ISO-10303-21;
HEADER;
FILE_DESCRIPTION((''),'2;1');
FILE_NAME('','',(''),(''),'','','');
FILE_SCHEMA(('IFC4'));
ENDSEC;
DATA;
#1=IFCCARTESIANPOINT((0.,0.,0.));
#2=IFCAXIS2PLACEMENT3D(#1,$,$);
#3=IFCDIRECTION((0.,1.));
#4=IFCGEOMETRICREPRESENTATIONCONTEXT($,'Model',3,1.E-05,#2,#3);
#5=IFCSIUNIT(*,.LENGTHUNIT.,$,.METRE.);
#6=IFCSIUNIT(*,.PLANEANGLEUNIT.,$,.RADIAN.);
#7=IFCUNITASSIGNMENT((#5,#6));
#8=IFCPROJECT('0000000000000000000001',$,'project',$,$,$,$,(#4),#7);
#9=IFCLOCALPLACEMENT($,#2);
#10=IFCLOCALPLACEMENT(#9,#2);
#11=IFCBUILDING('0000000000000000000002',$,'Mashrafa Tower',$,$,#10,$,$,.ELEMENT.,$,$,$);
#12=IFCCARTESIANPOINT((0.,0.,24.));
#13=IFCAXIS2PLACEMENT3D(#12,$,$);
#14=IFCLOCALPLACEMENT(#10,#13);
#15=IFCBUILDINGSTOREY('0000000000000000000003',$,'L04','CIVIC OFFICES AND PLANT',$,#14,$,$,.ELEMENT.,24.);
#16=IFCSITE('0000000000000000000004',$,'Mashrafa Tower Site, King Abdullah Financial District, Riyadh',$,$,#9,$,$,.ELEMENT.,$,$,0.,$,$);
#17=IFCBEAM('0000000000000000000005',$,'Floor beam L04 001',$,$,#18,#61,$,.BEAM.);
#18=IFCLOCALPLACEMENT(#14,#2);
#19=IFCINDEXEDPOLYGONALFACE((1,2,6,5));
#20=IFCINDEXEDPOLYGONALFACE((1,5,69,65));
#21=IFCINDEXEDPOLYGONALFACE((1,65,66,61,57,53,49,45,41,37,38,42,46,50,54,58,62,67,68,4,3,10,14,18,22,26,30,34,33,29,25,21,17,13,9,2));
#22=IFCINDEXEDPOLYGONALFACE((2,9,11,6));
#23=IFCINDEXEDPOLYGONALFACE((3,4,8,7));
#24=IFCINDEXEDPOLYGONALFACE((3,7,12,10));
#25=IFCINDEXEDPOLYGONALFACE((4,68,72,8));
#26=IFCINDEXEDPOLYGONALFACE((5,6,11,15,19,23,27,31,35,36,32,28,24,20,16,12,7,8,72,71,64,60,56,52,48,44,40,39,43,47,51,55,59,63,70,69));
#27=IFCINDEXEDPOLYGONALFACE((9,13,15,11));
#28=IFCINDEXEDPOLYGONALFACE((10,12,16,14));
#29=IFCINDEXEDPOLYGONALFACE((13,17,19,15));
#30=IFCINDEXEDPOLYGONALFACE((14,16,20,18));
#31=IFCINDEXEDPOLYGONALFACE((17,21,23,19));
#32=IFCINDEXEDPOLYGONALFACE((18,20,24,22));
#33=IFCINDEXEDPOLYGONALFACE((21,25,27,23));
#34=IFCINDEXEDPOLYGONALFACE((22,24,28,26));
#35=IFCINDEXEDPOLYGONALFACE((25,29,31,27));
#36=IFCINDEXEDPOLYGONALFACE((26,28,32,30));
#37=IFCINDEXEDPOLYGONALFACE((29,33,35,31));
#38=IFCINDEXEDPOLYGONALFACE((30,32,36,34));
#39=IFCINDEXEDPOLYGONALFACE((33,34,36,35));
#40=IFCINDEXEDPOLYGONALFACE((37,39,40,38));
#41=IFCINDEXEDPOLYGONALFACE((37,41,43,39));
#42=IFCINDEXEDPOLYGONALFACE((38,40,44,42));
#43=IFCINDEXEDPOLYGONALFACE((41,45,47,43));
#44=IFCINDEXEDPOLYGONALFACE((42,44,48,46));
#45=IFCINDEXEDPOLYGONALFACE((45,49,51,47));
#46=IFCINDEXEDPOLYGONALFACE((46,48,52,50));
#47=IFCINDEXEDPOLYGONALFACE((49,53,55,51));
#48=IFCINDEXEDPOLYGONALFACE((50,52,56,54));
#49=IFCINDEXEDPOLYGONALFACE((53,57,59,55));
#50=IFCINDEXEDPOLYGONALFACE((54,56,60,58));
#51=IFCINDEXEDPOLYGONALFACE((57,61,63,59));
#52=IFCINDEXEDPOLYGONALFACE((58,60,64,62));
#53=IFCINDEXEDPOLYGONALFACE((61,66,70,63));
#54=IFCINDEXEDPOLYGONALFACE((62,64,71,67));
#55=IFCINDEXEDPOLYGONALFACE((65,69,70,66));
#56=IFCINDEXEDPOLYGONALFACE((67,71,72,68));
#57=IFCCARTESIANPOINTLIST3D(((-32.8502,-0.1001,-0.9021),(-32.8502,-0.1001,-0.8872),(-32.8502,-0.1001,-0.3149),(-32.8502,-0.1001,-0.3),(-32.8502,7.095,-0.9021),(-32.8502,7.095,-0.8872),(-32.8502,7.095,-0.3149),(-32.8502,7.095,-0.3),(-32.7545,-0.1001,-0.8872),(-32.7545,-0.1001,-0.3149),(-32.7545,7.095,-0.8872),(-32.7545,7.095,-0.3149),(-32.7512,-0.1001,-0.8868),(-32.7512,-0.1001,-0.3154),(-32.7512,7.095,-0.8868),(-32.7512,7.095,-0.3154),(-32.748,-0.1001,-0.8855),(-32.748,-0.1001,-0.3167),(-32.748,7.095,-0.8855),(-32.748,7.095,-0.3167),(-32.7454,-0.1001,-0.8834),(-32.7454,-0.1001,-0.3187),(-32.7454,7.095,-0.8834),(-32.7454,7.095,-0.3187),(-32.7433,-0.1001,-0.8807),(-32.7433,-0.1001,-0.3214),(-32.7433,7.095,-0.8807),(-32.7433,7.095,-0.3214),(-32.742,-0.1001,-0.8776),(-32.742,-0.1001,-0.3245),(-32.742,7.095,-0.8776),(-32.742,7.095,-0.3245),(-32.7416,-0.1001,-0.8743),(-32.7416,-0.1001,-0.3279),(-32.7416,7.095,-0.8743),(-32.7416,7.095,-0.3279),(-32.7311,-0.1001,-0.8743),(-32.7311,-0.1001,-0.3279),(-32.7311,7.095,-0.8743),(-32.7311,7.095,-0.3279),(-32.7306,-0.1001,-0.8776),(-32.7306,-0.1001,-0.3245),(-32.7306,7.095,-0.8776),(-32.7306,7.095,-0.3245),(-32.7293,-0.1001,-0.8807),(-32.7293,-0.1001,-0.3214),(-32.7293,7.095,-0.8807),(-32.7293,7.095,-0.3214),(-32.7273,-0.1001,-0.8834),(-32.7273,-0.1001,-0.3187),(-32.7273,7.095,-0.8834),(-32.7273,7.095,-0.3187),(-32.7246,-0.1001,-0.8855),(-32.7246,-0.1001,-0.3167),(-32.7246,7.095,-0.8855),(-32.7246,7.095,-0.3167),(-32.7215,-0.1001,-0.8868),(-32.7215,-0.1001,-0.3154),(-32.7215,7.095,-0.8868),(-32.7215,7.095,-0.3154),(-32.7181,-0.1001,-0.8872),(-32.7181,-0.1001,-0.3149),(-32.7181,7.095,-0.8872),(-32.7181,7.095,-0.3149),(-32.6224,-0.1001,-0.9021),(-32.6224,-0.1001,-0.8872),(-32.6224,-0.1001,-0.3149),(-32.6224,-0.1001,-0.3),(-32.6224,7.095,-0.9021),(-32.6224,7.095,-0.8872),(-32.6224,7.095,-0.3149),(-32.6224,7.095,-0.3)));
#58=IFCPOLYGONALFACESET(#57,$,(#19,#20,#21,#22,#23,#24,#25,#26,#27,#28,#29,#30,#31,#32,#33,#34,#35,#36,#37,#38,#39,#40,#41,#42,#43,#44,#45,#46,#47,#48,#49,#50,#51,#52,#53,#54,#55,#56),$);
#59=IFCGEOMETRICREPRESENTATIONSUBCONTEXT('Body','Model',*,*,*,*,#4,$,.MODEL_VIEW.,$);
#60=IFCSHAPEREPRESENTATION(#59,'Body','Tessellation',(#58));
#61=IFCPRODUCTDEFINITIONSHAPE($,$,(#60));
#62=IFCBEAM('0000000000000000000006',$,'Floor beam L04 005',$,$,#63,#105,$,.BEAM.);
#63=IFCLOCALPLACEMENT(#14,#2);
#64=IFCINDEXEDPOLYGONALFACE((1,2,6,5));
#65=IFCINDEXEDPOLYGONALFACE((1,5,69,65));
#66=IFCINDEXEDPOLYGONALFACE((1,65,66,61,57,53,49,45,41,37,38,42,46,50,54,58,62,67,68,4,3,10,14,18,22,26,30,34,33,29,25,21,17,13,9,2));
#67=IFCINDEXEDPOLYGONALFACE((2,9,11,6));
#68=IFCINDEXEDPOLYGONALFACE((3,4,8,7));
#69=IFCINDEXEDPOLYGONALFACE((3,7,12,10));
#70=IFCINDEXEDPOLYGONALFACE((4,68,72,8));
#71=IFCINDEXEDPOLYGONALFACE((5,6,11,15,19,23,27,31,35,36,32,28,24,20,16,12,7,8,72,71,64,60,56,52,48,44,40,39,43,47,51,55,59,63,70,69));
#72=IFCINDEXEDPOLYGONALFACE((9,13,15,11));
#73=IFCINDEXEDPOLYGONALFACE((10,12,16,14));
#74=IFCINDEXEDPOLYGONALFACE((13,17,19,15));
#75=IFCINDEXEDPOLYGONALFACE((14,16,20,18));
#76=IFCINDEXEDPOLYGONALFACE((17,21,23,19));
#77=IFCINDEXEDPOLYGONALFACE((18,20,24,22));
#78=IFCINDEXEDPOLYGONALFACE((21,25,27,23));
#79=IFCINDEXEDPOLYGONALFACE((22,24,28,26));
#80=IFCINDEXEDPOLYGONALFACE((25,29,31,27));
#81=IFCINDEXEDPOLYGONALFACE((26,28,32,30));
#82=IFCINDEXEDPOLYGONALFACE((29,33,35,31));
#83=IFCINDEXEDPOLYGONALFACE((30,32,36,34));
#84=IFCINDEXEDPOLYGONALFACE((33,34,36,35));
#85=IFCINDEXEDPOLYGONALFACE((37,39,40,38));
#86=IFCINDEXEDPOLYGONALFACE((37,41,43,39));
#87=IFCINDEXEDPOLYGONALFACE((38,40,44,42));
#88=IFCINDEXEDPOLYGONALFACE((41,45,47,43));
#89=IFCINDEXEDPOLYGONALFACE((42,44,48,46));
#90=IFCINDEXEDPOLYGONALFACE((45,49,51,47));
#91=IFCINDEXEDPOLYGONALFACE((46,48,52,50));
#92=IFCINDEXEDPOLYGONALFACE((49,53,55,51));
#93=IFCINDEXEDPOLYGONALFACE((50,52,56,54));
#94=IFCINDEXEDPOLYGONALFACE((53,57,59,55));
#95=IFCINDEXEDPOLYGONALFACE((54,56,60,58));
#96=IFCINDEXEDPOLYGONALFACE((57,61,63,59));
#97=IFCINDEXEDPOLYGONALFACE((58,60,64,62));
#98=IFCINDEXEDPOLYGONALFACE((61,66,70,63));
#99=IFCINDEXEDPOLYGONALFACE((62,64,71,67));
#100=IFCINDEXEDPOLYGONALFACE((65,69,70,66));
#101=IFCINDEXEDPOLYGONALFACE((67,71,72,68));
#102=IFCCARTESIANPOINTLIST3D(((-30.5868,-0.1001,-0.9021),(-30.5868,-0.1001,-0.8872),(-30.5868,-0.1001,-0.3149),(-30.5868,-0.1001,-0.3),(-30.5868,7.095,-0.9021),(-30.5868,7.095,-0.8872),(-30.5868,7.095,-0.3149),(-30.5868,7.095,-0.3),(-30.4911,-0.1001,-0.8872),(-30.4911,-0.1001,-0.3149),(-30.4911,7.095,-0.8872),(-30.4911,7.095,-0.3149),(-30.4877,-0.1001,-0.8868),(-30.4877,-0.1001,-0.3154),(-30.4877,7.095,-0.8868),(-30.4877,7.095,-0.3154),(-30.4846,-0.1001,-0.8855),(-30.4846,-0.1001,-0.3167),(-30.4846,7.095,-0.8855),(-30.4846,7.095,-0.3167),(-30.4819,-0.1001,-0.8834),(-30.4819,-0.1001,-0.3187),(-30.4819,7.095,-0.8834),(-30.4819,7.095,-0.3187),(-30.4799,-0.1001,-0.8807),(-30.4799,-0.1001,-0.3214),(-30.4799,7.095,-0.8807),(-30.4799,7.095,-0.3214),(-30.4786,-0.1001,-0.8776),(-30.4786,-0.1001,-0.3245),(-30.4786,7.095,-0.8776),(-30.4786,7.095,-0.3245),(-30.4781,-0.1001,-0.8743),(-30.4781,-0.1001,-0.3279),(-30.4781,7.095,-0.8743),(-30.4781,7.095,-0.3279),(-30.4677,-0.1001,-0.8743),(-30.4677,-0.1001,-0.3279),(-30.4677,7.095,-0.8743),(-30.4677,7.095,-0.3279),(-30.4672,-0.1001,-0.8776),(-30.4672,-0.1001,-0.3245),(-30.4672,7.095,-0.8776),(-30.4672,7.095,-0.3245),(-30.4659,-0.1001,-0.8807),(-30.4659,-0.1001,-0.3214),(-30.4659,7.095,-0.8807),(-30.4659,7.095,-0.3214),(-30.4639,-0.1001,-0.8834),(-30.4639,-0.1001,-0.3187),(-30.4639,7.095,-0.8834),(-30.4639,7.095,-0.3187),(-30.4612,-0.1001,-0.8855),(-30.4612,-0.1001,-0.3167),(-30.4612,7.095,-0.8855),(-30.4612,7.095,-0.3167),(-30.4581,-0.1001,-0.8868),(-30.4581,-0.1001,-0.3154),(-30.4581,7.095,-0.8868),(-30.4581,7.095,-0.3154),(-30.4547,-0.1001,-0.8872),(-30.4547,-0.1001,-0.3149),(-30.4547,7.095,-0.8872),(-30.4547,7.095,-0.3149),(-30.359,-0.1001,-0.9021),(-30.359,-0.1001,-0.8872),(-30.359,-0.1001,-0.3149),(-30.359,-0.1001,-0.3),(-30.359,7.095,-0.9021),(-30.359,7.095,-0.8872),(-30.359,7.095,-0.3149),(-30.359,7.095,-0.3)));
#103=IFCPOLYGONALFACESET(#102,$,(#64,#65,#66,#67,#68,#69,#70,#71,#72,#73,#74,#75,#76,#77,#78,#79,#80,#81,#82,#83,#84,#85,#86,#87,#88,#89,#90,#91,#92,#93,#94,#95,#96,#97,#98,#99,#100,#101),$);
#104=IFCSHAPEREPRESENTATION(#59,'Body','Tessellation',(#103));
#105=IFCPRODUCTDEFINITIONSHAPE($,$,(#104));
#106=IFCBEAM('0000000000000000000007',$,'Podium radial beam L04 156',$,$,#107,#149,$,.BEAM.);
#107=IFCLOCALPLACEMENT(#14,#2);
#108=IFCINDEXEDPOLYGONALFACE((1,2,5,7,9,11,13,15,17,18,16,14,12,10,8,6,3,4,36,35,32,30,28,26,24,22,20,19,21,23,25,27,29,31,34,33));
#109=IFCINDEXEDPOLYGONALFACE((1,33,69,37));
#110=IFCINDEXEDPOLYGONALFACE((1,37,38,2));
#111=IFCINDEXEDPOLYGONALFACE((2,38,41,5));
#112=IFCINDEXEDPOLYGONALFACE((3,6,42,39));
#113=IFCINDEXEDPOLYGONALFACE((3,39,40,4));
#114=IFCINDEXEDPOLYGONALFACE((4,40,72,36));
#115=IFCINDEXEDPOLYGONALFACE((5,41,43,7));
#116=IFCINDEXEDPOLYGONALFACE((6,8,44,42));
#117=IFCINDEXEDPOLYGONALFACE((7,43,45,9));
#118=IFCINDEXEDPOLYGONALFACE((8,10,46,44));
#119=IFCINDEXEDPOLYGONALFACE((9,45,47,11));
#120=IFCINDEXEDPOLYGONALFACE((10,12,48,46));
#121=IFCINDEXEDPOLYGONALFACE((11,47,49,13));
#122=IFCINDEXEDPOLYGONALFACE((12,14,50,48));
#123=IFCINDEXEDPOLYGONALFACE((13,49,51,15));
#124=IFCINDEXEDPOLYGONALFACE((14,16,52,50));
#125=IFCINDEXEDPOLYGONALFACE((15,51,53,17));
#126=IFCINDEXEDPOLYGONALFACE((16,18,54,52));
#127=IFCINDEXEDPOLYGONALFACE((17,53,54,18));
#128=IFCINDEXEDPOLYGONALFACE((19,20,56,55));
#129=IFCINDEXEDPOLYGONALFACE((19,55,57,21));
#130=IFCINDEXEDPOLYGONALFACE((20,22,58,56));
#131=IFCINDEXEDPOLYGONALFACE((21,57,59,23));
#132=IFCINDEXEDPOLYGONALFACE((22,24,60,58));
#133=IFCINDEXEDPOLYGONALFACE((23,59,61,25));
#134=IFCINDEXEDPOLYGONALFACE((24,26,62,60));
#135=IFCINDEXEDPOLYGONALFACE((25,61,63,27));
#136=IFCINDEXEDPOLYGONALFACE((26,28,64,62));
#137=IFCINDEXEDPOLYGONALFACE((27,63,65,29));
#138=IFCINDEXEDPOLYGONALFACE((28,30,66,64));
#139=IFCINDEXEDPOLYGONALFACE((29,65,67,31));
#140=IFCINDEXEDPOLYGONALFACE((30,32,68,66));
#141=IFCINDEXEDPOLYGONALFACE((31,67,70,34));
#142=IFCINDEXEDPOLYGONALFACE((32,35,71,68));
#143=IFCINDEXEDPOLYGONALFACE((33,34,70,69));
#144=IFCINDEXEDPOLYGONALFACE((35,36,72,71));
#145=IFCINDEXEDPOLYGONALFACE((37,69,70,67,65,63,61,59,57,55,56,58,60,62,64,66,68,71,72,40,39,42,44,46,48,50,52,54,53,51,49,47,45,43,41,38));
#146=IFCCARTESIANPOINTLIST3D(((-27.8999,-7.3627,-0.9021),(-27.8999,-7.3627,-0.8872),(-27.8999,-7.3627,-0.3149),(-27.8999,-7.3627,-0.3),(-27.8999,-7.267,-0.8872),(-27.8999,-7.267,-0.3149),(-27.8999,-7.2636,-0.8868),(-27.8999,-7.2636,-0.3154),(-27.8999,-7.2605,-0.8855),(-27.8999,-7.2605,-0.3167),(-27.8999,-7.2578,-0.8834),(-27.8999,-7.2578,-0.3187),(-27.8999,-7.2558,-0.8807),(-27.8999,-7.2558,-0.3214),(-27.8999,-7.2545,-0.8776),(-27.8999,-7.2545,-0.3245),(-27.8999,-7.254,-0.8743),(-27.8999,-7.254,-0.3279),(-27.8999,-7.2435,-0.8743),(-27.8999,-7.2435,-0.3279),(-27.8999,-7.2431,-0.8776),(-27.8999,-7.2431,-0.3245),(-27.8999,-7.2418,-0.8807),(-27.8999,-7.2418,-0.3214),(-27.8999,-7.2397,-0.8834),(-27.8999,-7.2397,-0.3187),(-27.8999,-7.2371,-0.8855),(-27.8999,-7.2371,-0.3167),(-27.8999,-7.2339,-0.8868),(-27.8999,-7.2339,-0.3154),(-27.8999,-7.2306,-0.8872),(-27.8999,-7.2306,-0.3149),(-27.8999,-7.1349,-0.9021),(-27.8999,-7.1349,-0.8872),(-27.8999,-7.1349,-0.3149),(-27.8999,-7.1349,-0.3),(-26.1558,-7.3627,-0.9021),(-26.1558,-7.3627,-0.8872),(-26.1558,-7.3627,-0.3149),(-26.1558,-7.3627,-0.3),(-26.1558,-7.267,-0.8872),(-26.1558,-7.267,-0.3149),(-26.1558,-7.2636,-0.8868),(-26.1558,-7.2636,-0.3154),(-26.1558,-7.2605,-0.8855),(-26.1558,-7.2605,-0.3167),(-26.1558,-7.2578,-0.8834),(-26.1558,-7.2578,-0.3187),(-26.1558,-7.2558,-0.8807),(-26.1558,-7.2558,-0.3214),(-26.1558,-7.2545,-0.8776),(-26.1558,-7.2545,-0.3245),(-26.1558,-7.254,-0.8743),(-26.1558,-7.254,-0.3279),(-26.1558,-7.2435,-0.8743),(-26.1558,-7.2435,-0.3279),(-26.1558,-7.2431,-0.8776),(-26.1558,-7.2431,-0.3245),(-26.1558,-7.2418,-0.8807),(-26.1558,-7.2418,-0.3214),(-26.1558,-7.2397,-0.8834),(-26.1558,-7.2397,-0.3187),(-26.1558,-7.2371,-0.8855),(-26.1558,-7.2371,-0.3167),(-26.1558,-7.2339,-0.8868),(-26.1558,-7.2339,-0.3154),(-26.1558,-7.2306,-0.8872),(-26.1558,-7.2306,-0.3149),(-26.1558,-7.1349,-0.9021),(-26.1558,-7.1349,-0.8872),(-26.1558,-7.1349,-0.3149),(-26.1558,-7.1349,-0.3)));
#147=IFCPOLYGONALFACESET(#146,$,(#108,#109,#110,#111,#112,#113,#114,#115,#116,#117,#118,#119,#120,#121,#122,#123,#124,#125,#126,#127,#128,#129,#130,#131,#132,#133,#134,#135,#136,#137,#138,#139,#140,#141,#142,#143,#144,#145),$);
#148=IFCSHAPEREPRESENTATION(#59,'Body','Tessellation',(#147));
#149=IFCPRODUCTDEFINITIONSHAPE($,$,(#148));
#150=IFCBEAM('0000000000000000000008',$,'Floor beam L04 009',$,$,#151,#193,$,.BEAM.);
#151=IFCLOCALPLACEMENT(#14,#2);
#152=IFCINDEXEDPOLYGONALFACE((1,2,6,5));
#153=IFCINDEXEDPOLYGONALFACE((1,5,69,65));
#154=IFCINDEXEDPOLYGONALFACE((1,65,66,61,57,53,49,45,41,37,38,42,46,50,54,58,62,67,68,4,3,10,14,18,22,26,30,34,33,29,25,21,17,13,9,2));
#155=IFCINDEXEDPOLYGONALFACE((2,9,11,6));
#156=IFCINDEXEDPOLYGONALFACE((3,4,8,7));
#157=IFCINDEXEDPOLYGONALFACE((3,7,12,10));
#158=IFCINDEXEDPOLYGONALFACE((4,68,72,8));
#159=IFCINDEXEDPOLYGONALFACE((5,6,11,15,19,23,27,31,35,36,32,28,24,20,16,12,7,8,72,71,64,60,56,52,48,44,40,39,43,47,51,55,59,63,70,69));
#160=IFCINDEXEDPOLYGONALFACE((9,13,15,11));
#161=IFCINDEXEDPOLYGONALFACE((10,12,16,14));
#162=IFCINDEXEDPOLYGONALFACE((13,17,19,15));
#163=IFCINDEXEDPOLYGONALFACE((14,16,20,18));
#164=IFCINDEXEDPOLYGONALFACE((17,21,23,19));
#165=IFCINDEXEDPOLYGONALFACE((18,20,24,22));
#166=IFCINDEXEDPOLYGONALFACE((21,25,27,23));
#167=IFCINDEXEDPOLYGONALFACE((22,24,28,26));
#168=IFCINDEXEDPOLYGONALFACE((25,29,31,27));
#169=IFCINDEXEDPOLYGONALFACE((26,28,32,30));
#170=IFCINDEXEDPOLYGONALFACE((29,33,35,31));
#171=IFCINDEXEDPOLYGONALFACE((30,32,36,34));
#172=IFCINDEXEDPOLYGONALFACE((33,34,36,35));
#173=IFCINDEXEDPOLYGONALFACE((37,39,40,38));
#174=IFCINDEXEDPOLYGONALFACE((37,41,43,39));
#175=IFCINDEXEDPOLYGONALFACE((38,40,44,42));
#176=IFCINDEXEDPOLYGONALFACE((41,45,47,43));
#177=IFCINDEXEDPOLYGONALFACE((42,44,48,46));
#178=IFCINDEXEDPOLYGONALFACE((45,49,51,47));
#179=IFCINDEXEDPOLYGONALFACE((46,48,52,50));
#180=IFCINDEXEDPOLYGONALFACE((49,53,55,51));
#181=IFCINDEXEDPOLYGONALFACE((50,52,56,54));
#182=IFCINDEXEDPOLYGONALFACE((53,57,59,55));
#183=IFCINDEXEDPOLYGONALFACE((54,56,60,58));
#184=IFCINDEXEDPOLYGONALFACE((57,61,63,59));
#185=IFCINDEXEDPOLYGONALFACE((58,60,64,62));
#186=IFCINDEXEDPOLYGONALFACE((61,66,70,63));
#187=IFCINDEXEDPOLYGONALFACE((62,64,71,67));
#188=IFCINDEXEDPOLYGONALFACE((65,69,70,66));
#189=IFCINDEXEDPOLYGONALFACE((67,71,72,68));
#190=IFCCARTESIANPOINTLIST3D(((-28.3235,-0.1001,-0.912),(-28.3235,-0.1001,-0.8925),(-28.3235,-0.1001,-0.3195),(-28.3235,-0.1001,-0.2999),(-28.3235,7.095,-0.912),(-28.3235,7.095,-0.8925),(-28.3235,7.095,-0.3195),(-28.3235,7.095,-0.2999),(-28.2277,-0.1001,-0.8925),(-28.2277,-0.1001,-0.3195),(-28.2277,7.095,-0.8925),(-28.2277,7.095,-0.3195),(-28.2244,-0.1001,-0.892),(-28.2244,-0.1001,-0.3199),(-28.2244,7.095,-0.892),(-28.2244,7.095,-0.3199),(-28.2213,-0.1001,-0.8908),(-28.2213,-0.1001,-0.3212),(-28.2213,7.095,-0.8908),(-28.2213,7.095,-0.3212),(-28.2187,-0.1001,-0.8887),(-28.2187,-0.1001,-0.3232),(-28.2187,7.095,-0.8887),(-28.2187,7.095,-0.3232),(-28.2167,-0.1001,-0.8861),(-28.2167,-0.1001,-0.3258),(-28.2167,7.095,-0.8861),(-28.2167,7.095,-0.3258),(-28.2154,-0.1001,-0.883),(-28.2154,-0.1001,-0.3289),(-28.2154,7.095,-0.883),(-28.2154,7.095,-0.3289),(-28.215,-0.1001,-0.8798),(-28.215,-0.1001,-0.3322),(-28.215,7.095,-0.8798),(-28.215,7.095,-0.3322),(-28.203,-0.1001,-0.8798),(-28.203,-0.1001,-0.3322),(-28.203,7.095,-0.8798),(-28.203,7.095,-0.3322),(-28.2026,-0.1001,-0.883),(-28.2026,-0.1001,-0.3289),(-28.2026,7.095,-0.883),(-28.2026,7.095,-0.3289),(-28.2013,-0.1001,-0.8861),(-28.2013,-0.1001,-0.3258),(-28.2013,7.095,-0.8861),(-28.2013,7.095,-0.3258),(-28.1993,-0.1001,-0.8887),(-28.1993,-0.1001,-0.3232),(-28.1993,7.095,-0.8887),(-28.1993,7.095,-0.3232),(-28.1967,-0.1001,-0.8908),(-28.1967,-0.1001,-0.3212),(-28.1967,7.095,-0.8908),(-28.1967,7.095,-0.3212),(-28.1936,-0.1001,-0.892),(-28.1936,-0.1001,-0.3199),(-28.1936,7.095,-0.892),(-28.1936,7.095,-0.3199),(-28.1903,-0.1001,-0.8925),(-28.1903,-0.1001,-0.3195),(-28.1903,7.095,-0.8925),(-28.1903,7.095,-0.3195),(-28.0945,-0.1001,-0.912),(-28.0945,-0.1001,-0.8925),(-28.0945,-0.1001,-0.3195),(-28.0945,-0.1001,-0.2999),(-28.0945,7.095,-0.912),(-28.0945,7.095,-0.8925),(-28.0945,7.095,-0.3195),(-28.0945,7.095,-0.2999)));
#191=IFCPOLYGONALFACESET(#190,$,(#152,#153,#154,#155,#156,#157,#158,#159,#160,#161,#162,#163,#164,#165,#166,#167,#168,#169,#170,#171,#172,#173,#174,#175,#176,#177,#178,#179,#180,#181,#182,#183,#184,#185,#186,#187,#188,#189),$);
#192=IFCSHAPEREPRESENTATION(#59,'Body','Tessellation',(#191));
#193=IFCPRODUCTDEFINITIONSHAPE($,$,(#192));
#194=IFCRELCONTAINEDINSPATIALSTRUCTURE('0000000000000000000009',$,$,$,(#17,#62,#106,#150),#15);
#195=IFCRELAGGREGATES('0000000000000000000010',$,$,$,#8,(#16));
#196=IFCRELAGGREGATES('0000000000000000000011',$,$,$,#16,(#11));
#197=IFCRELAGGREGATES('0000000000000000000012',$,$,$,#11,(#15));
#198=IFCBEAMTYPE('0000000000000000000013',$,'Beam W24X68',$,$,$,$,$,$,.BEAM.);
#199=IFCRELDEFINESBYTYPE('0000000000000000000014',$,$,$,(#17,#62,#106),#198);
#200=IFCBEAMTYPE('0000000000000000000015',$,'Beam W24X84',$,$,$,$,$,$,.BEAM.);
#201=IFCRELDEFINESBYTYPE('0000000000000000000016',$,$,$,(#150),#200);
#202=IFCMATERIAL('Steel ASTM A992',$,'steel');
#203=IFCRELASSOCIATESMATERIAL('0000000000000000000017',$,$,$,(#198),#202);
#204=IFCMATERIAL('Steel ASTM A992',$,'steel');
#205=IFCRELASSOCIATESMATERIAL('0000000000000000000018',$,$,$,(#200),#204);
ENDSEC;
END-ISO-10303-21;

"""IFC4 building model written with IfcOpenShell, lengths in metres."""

from ifc_helpers import new_model, si_unit, direction, frame, origin, origin_2d, place, context, subcontext, project, spatial, i_section, extrude, material, material_profile, profile_set, type_object, element, save


model = new_model("IFC4")

# Units and contexts
model_context = context("Model", 3, precision=1e-05, world=origin(), true_north=direction((0.0, 1.0)))
body_context = subcontext(model_context, "Body", "Model", "MODEL_VIEW")
ifc_project = project(units=[si_unit("LENGTHUNIT", "METRE"), si_unit("PLANEANGLEUNIT", "RADIAN")], contexts=[model_context])

# Site, building, storey
site_placement = place(None, origin())
site = spatial("IfcSite", under=ifc_project, at=site_placement, Name="Mashrafa Tower Site, King Abdullah Financial District, Riyadh", CompositionType="ELEMENT", RefElevation=0.0)
building_placement = place(site_placement, origin())
building = spatial("IfcBuilding", under=site, at=building_placement, Name="Mashrafa Tower", CompositionType="ELEMENT")
storey_placement = place(building_placement, frame((0.0, 0.0, 24.0)))
storey = spatial("IfcBuildingStorey", under=building, at=storey_placement, Name="L04", Description="CIVIC OFFICES AND PLANT", CompositionType="ELEMENT", Elevation=24.0)

# Beams
ifc_material_1 = material(Name="Steel ASTM A992", Category="steel")
ifc_material_profile_1 = material_profile(ifc_material_1, i_section(OverallWidth=0.2278, OverallDepth=0.6021, WebThickness=0.0105, FlangeThickness=0.0149, FilletRadius=0.0129, at=origin_2d()), Name="W24X68")
ifc_profile_set_1 = profile_set([ifc_material_profile_1], Name="Steel ASTM A992")
beam_type_1 = type_object("IfcBeamType", Name="Beam W24X68", PredefinedType="BEAM", material=ifc_profile_set_1)
for number, where, z_axis, x_axis, name in (
    (1, (-32.7363, -0.1001, -0.6011), (0.0, 1.0, 0.0), (-1.0, 0.0, 0.0), "Floor beam L04 001"),
    (2, (-30.4729, -0.1001, -0.6011), (0.0, 1.0, 0.0), (-1.0, 0.0, 0.0), "Floor beam L04 005"),
):
    element("IfcBeam", number, at=place(storey_placement, frame(where, z_axis=z_axis, x_axis=x_axis)), inside=storey, type_object=beam_type_1, Name=name, PredefinedType="BEAM", context=body_context, shape_type="SweptSolid", body=[
        extrude(i_section(OverallWidth=0.2278, OverallDepth=0.6021, WebThickness=0.0105, FlangeThickness=0.0149, FilletRadius=0.0129, at=origin_2d()), origin(), (0.0, 0.0, 1.0), 7.1951),
    ])
beam_1_placement = place(storey_placement, frame((-26.1558, -7.2488, -0.6011), z_axis=(-1.0, 0.0, 0.0), x_axis=(0.0, -1.0, 0.0)))
element("IfcBeam", 3, at=beam_1_placement, inside=storey, type_object=beam_type_1, Name="Podium radial beam L04 156", PredefinedType="BEAM", context=body_context, shape_type="SweptSolid", body=[
    extrude(i_section(OverallWidth=0.2278, OverallDepth=0.6021, WebThickness=0.0105, FlangeThickness=0.0149, FilletRadius=0.0129, at=origin_2d()), origin(), (0.0, 0.0, 1.0), 1.7441),
])
ifc_material_2 = material(Name="Steel ASTM A992", Category="steel")
ifc_material_profile_2 = material_profile(ifc_material_2, i_section(OverallWidth=0.229, OverallDepth=0.6121, WebThickness=0.012, FlangeThickness=0.0195, FilletRadius=0.0127, at=origin_2d()), Name="W24X84")
ifc_profile_set_2 = profile_set([ifc_material_profile_2], Name="Steel ASTM A992")
beam_type_2 = type_object("IfcBeamType", Name="Beam W24X84", PredefinedType="BEAM", material=ifc_profile_set_2)
beam_2_placement = place(storey_placement, frame((-28.209, -0.1001, -0.606), z_axis=(0.0, 1.0, 0.0), x_axis=(-1.0, 0.0, 0.0)))
element("IfcBeam", 4, at=beam_2_placement, inside=storey, type_object=beam_type_2, Name="Floor beam L04 009", PredefinedType="BEAM", context=body_context, shape_type="SweptSolid", body=[
    extrude(i_section(OverallWidth=0.229, OverallDepth=0.6121, WebThickness=0.012, FlangeThickness=0.0195, FilletRadius=0.0127, at=origin_2d()), origin(), (0.0, 0.0, 1.0), 7.1951),
])

save(model, "model.ifc")
